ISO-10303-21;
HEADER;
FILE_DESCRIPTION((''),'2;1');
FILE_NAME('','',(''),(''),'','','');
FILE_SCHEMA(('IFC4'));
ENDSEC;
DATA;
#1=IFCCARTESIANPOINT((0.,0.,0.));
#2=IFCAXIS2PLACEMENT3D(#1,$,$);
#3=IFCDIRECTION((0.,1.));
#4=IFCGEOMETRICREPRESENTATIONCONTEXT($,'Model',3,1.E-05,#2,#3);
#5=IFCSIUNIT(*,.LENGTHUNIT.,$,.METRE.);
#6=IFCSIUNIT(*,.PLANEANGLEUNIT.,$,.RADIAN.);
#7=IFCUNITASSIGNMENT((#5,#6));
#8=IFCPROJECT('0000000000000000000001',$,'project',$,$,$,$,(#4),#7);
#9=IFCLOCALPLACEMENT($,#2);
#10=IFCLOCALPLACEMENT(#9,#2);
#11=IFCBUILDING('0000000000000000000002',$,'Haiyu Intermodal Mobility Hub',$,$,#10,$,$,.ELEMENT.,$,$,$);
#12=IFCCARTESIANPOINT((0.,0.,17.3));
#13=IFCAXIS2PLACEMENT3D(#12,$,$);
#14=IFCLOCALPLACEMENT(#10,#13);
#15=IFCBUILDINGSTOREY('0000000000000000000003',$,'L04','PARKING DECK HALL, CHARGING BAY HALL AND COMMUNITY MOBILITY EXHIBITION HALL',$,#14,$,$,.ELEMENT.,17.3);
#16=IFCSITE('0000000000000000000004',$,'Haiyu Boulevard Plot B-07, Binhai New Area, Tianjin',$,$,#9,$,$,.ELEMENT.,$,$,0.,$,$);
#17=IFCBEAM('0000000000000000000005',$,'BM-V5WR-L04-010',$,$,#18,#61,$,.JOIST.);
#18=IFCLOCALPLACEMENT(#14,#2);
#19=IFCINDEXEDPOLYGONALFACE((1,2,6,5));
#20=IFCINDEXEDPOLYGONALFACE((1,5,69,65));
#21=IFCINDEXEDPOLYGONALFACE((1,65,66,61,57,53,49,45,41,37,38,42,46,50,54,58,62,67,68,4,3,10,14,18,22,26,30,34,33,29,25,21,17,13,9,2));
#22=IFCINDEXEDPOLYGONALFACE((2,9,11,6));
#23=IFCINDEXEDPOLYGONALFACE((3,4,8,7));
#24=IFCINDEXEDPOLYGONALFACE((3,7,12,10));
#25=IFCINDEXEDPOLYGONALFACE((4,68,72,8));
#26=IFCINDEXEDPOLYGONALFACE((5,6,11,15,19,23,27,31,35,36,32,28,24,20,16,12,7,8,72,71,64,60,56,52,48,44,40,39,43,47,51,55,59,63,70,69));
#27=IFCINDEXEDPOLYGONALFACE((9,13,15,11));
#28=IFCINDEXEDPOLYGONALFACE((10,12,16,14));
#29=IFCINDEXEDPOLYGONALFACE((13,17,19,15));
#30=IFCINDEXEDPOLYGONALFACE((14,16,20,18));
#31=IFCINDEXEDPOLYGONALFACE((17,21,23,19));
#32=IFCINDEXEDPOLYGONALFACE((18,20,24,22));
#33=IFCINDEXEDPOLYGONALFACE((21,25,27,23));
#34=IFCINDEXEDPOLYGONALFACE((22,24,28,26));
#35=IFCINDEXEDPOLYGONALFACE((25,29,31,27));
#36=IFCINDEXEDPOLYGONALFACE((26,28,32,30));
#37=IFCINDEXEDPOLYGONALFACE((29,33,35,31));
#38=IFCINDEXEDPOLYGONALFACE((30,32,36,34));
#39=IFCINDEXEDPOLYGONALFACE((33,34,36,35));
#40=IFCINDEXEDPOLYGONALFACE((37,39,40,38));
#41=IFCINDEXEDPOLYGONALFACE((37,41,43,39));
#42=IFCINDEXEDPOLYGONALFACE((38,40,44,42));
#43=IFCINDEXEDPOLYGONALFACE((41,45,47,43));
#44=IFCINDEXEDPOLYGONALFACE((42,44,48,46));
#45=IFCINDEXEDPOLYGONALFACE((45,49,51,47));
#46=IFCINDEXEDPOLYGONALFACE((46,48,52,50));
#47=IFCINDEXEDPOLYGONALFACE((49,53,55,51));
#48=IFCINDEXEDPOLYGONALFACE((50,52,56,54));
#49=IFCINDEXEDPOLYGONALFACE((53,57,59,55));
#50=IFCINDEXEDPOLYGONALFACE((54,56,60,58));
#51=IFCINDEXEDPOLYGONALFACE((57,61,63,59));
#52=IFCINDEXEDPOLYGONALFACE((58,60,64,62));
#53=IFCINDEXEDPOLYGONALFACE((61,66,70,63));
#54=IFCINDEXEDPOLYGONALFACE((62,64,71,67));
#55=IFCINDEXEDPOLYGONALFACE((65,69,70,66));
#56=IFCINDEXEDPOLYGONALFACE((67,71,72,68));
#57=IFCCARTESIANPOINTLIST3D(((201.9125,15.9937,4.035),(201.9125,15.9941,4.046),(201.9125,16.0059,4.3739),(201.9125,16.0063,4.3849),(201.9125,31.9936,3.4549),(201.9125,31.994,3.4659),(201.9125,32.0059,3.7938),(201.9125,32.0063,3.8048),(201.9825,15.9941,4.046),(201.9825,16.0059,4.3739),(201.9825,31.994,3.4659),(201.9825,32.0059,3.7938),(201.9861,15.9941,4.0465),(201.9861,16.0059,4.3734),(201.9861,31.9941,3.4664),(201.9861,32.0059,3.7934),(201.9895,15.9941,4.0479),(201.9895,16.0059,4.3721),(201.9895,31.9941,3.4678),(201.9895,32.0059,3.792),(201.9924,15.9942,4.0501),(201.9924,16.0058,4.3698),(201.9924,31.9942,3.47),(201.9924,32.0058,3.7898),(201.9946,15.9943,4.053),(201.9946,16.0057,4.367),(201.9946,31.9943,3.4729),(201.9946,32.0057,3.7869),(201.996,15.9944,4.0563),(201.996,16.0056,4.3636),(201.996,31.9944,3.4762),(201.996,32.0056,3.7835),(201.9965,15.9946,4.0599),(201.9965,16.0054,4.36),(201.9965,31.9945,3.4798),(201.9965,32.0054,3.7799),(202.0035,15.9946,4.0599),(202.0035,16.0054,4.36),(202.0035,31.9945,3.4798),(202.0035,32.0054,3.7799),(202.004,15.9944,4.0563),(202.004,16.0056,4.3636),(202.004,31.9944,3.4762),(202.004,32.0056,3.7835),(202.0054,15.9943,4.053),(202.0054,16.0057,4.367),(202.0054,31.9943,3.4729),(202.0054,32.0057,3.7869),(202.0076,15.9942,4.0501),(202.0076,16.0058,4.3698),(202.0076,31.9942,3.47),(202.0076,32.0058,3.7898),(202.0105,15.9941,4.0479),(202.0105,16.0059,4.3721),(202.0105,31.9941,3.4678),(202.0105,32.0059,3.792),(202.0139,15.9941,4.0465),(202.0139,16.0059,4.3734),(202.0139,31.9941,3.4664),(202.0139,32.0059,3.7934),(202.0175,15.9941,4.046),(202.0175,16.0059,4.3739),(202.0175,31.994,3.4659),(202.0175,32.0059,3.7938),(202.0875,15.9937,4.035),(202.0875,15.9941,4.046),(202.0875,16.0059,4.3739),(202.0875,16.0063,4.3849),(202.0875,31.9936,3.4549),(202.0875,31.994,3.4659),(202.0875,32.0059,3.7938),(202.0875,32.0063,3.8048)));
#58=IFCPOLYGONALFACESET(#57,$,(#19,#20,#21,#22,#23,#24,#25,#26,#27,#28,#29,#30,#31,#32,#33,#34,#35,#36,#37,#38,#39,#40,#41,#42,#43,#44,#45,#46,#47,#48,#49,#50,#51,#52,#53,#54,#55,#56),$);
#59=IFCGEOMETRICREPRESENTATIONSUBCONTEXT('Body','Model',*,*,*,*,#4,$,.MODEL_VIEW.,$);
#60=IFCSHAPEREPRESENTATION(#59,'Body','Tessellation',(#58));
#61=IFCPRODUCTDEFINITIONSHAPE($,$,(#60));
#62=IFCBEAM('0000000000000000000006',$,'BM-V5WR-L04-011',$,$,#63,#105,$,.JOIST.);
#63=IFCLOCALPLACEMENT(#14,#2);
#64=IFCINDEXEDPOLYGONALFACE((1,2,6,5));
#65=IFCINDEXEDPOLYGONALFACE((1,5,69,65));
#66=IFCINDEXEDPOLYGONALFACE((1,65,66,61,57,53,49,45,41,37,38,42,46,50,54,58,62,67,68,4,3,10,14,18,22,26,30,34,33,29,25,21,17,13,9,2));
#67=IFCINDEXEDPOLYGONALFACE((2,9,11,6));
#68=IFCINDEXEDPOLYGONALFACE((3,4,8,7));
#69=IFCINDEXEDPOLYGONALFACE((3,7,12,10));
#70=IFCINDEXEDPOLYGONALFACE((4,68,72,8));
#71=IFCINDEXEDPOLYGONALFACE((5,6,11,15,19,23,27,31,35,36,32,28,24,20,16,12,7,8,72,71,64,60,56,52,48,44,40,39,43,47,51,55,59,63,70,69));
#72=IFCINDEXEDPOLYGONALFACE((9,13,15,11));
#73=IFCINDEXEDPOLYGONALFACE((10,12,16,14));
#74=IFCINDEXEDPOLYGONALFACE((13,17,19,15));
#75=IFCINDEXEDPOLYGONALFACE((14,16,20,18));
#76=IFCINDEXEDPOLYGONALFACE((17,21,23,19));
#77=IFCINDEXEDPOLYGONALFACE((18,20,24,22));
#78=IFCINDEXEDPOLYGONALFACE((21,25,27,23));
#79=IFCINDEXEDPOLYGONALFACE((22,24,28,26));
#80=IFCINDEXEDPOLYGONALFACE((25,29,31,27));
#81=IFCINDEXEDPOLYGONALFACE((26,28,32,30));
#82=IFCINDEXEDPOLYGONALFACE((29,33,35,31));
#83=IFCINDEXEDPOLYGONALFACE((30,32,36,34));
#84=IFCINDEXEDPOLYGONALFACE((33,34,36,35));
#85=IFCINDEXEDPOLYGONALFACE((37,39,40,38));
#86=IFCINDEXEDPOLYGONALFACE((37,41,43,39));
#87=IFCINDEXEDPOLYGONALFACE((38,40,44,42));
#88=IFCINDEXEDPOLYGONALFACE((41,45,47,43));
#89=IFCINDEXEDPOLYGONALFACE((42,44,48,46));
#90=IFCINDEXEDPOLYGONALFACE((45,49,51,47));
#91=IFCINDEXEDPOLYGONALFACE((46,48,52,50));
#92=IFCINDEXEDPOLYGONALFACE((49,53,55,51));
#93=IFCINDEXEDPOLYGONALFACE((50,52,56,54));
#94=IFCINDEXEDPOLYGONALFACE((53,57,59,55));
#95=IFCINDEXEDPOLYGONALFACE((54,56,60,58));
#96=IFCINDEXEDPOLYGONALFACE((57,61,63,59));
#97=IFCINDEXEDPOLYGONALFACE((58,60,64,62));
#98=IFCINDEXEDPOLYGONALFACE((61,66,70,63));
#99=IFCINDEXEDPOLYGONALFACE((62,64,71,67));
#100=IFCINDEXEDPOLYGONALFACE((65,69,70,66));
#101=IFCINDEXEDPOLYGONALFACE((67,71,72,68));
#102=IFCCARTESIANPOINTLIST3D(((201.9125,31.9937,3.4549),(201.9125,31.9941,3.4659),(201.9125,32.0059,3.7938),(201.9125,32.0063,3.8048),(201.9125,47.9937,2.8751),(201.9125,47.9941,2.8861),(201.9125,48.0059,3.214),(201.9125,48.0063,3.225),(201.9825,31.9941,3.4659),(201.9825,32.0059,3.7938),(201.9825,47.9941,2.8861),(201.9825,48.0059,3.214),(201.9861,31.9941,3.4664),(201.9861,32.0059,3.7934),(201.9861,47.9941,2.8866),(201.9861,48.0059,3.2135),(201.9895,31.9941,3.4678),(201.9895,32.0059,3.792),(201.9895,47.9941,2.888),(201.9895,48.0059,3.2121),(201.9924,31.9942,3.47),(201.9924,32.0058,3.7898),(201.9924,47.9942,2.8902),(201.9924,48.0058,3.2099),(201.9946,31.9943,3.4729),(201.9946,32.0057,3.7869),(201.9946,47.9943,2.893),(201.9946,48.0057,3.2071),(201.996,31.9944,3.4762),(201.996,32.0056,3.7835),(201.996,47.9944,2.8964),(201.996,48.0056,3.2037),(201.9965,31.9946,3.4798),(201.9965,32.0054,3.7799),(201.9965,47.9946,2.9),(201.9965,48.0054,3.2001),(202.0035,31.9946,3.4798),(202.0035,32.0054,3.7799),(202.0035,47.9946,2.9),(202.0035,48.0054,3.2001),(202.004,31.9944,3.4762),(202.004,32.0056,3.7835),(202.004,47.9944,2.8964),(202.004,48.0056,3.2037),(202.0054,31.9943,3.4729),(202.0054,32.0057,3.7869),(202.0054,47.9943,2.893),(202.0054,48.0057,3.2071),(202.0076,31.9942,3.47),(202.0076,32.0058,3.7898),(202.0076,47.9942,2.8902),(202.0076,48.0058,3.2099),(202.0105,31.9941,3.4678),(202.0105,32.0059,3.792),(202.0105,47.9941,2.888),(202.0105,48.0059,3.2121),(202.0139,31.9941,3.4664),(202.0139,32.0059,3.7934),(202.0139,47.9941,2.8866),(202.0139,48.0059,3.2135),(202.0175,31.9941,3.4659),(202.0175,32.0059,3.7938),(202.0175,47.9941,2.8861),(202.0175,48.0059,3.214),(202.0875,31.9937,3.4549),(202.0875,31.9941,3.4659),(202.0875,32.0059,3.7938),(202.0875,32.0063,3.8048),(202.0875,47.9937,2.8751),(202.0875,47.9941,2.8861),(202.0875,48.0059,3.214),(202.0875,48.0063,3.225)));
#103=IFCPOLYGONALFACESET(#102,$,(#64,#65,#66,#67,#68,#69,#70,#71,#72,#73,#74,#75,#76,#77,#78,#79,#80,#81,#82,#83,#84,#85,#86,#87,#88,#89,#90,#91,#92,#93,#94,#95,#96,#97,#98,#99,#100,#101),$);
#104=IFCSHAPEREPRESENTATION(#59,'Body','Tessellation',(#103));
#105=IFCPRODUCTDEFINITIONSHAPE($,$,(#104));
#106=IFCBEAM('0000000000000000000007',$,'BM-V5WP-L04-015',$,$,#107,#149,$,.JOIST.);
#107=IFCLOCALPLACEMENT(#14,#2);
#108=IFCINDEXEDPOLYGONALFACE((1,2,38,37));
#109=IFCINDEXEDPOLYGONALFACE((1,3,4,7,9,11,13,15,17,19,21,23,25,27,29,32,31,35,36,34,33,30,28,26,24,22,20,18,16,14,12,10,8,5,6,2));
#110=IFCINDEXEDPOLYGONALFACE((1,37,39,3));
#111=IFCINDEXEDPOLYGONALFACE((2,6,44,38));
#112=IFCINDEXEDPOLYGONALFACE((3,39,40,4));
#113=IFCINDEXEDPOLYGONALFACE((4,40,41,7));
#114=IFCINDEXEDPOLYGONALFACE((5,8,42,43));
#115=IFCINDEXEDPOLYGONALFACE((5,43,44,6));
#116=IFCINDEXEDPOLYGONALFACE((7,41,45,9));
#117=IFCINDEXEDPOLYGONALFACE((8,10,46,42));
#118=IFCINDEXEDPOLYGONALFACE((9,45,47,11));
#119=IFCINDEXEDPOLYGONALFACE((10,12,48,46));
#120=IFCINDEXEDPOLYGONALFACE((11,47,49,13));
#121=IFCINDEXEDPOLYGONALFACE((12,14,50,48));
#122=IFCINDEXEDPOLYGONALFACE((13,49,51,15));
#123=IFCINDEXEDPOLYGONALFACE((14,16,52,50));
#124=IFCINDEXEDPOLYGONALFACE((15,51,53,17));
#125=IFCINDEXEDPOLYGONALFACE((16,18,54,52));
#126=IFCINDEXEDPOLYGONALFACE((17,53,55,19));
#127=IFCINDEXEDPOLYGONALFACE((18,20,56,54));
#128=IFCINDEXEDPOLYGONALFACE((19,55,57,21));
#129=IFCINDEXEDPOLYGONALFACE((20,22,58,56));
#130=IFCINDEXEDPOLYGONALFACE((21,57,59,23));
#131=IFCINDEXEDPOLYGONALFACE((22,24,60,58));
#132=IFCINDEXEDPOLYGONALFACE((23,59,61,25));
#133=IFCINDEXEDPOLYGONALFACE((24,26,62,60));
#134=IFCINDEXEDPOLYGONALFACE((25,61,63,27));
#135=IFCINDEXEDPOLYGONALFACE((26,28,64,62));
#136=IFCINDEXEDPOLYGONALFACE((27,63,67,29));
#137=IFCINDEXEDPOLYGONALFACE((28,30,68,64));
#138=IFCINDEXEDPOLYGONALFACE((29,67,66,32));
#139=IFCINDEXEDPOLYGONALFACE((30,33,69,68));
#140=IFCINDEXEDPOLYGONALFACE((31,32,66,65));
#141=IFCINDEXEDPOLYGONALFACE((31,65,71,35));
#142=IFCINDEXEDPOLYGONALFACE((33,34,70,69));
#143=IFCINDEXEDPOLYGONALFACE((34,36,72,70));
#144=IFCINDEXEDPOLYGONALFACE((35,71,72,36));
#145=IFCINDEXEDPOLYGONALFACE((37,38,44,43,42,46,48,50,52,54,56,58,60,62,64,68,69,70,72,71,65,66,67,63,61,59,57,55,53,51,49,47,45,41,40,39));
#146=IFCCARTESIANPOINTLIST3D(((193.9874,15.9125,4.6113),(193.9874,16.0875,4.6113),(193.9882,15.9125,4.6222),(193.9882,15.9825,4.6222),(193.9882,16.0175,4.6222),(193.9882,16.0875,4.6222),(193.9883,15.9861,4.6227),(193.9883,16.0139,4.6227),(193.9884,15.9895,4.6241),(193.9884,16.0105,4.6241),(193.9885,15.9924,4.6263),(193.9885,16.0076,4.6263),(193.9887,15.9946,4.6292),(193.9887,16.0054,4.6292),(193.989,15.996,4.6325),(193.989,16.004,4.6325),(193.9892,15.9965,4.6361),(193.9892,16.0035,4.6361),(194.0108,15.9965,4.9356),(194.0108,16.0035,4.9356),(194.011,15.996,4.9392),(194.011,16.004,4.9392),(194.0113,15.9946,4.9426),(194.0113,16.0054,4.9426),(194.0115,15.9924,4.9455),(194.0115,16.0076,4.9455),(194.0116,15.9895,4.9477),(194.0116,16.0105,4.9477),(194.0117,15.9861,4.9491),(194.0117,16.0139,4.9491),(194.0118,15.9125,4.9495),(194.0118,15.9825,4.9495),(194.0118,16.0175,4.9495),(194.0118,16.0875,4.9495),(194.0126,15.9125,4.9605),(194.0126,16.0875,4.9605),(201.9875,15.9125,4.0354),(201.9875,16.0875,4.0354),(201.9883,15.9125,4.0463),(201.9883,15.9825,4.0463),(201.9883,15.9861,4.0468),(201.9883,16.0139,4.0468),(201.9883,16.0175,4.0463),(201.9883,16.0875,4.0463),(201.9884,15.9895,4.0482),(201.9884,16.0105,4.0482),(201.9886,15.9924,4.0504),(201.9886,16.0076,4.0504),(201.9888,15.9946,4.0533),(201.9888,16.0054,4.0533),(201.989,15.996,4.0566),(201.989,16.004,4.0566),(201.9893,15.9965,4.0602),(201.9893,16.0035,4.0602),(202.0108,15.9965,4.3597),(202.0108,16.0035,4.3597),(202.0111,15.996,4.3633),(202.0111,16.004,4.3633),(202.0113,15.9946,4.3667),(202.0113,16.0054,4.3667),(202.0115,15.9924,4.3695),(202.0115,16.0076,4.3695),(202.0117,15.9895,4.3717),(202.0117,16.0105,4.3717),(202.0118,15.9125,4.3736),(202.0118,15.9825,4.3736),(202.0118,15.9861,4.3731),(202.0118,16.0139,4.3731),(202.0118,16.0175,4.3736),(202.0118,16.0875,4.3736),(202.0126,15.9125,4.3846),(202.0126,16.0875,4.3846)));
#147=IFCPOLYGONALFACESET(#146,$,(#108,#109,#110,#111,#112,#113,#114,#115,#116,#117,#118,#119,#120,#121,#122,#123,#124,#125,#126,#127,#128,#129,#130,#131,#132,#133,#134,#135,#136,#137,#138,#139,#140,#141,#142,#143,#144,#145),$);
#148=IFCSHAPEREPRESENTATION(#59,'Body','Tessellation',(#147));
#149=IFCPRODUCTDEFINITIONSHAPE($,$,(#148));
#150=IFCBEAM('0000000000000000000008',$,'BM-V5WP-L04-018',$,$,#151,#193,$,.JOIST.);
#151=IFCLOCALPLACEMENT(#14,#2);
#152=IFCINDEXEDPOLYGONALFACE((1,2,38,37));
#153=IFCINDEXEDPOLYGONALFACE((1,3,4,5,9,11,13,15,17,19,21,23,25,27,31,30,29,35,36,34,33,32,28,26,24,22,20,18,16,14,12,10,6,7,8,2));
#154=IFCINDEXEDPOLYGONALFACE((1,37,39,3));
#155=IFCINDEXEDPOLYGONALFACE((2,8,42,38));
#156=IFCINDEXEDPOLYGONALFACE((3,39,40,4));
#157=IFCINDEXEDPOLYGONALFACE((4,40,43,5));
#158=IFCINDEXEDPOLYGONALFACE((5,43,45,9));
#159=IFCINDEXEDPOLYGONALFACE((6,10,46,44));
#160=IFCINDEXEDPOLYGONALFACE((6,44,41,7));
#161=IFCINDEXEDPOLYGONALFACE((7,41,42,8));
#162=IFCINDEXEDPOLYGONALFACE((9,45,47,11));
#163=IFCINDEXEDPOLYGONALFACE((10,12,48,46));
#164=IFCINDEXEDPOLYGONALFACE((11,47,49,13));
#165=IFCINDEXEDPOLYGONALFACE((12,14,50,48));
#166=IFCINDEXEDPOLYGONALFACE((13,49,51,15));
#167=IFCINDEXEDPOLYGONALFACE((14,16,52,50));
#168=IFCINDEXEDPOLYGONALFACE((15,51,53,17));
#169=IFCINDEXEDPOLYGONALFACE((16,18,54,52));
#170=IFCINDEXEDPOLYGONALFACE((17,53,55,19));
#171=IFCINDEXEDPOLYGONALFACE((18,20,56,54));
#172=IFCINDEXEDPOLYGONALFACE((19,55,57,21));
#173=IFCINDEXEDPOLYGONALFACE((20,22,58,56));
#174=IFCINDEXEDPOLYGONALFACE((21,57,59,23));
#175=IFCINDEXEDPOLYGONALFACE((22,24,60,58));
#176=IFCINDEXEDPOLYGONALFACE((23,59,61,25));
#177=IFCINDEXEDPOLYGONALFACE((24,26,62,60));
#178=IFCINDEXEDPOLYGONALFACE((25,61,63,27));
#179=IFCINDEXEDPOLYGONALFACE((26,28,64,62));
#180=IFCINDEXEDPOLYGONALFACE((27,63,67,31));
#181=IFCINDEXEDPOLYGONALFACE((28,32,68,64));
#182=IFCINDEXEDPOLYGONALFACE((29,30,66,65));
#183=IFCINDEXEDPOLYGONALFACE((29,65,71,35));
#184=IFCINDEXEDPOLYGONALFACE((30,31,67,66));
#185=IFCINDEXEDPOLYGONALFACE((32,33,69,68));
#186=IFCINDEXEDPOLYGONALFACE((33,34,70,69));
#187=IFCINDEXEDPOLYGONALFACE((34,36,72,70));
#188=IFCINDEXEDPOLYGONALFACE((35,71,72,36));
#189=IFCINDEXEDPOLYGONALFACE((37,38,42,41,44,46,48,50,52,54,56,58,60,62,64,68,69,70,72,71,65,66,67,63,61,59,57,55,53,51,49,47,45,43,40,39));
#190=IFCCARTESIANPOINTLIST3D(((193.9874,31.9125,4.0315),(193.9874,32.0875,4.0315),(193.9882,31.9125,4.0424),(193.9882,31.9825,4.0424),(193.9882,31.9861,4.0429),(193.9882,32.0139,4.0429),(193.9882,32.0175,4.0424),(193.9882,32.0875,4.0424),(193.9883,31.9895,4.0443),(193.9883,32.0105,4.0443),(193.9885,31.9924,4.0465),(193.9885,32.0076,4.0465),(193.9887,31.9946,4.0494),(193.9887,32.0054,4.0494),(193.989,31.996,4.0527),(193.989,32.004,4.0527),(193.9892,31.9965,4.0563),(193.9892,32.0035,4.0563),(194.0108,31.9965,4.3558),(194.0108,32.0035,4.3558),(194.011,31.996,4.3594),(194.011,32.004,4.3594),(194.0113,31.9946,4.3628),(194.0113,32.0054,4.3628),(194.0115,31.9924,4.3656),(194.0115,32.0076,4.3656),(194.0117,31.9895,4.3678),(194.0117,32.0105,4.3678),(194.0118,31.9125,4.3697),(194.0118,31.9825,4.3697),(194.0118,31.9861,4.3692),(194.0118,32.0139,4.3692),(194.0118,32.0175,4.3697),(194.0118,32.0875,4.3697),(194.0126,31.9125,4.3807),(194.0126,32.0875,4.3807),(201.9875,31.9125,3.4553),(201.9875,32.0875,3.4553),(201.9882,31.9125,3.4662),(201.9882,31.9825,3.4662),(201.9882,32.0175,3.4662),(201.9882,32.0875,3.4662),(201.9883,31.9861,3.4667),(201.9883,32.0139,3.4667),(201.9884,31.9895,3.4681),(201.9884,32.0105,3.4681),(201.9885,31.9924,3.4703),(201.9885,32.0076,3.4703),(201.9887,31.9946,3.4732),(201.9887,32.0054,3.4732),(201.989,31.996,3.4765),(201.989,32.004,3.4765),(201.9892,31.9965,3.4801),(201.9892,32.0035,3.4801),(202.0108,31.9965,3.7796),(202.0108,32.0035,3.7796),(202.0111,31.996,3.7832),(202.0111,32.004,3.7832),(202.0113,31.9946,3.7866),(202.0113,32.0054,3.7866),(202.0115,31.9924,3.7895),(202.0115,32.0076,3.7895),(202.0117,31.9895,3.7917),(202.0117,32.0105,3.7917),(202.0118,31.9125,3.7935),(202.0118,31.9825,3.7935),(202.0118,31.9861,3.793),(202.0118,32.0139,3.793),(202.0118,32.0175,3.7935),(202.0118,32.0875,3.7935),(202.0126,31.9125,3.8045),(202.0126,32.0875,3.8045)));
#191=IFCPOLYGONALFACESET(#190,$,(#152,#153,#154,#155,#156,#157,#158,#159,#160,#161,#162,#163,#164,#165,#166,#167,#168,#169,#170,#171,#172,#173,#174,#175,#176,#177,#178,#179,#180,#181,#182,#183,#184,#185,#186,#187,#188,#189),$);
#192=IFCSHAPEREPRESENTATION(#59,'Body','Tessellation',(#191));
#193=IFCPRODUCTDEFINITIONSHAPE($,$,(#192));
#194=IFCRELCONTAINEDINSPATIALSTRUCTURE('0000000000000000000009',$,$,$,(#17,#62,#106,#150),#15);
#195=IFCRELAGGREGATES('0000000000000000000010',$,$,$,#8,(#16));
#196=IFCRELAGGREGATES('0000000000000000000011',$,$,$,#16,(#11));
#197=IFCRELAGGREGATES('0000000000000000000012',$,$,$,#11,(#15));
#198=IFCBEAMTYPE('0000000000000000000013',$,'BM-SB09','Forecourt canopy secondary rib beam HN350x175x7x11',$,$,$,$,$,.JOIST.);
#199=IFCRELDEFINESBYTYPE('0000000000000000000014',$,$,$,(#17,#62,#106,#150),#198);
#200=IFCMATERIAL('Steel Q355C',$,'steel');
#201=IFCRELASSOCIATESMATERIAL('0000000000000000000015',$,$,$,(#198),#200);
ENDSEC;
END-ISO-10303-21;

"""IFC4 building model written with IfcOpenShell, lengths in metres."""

from ifc_helpers import new_model, si_unit, direction, frame, origin, origin_2d, place, context, subcontext, project, spatial, i_section, extrude, material, material_profile, profile_set, type_object, element, save


model = new_model("IFC4")

# Units and contexts
model_context = context("Model", 3, precision=1e-05, world=origin(), true_north=direction((0.0, 1.0)))
body_context = subcontext(model_context, "Body", "Model", "MODEL_VIEW")
ifc_project = project(units=[si_unit("LENGTHUNIT", "METRE"), si_unit("PLANEANGLEUNIT", "RADIAN")], contexts=[model_context])

# Site, building, storey
site_placement = place(None, origin())
site = spatial("IfcSite", under=ifc_project, at=site_placement, Name="Haiyu Boulevard Plot B-07, Binhai New Area, Tianjin", CompositionType="ELEMENT", RefElevation=0.0)
building_placement = place(site_placement, origin())
building = spatial("IfcBuilding", under=site, at=building_placement, Name="Haiyu Intermodal Mobility Hub", CompositionType="ELEMENT")
storey_placement = place(building_placement, frame((0.0, 0.0, 17.3)))
storey = spatial("IfcBuildingStorey", under=building, at=storey_placement, Name="L04", Description="PARKING DECK HALL, CHARGING BAY HALL AND COMMUNITY MOBILITY EXHIBITION HALL", CompositionType="ELEMENT", Elevation=17.3)

# Shared definitions
ifc_material_1 = material(Name="Steel Q355C", Category="steel")

# Beams
ifc_material_profile_1 = material_profile(ifc_material_1, i_section(OverallWidth=0.175, OverallDepth=0.3501, WebThickness=0.0071, FlangeThickness=0.011, FilletRadius=0.0139, at=origin_2d()), Name="HN350x175x7x11")
ifc_profile_set_1 = profile_set([ifc_material_profile_1], Name="Steel Q355C")
beam_type_1 = type_object("IfcBeamType", Name="BM-SB09", Description="Forecourt canopy secondary rib beam HN350x175x7x11", PredefinedType="JOIST", material=ifc_profile_set_1)
for number, where, z_axis, x_axis, name in (
    (1, (202.0, 16.0, 4.21), (0.0, 0.999343, -0.036231), (-1.0, 0.0, 0.0), "BM-V5WR-L04-010"),
    (2, (202.0, 32.0, 3.6299), (0.0, 0.999344, -0.036216), (-1.0, 0.0, 0.0), "BM-V5WR-L04-011"),
):
    element("IfcBeam", number, at=place(storey_placement, frame(where, z_axis=z_axis, x_axis=x_axis)), inside=storey, type_object=beam_type_1, Name=name, PredefinedType="JOIST", context=body_context, shape_type="SweptSolid", body=[
        extrude(i_section(OverallWidth=0.175, OverallDepth=0.3501, WebThickness=0.0071, FlangeThickness=0.011, FilletRadius=0.0139, at=origin_2d()), origin(), (0.0, 0.0, 1.0), 16.0105),
    ])
for number, where, z_axis, x_axis, name in (
    (3, (194.0, 16.0, 4.7859), (0.997419, 0.0, -0.071805), (0.0, 1.0, 0.0), "BM-V5WP-L04-015"),
    (4, (194.0, 32.0, 4.2061), (0.997416, 0.0, -0.071835), (0.0, 1.0, 0.0), "BM-V5WP-L04-018"),
):
    element("IfcBeam", number, at=place(storey_placement, frame(where, z_axis=z_axis, x_axis=x_axis)), inside=storey, type_object=beam_type_1, Name=name, PredefinedType="JOIST", context=body_context, shape_type="SweptSolid", body=[
        extrude(i_section(OverallWidth=0.175, OverallDepth=0.3501, WebThickness=0.0071, FlangeThickness=0.011, FilletRadius=0.0139, at=origin_2d()), origin(), (0.0, 0.0, 1.0), 8.0208),
    ])

save(model, "model.ifc")
